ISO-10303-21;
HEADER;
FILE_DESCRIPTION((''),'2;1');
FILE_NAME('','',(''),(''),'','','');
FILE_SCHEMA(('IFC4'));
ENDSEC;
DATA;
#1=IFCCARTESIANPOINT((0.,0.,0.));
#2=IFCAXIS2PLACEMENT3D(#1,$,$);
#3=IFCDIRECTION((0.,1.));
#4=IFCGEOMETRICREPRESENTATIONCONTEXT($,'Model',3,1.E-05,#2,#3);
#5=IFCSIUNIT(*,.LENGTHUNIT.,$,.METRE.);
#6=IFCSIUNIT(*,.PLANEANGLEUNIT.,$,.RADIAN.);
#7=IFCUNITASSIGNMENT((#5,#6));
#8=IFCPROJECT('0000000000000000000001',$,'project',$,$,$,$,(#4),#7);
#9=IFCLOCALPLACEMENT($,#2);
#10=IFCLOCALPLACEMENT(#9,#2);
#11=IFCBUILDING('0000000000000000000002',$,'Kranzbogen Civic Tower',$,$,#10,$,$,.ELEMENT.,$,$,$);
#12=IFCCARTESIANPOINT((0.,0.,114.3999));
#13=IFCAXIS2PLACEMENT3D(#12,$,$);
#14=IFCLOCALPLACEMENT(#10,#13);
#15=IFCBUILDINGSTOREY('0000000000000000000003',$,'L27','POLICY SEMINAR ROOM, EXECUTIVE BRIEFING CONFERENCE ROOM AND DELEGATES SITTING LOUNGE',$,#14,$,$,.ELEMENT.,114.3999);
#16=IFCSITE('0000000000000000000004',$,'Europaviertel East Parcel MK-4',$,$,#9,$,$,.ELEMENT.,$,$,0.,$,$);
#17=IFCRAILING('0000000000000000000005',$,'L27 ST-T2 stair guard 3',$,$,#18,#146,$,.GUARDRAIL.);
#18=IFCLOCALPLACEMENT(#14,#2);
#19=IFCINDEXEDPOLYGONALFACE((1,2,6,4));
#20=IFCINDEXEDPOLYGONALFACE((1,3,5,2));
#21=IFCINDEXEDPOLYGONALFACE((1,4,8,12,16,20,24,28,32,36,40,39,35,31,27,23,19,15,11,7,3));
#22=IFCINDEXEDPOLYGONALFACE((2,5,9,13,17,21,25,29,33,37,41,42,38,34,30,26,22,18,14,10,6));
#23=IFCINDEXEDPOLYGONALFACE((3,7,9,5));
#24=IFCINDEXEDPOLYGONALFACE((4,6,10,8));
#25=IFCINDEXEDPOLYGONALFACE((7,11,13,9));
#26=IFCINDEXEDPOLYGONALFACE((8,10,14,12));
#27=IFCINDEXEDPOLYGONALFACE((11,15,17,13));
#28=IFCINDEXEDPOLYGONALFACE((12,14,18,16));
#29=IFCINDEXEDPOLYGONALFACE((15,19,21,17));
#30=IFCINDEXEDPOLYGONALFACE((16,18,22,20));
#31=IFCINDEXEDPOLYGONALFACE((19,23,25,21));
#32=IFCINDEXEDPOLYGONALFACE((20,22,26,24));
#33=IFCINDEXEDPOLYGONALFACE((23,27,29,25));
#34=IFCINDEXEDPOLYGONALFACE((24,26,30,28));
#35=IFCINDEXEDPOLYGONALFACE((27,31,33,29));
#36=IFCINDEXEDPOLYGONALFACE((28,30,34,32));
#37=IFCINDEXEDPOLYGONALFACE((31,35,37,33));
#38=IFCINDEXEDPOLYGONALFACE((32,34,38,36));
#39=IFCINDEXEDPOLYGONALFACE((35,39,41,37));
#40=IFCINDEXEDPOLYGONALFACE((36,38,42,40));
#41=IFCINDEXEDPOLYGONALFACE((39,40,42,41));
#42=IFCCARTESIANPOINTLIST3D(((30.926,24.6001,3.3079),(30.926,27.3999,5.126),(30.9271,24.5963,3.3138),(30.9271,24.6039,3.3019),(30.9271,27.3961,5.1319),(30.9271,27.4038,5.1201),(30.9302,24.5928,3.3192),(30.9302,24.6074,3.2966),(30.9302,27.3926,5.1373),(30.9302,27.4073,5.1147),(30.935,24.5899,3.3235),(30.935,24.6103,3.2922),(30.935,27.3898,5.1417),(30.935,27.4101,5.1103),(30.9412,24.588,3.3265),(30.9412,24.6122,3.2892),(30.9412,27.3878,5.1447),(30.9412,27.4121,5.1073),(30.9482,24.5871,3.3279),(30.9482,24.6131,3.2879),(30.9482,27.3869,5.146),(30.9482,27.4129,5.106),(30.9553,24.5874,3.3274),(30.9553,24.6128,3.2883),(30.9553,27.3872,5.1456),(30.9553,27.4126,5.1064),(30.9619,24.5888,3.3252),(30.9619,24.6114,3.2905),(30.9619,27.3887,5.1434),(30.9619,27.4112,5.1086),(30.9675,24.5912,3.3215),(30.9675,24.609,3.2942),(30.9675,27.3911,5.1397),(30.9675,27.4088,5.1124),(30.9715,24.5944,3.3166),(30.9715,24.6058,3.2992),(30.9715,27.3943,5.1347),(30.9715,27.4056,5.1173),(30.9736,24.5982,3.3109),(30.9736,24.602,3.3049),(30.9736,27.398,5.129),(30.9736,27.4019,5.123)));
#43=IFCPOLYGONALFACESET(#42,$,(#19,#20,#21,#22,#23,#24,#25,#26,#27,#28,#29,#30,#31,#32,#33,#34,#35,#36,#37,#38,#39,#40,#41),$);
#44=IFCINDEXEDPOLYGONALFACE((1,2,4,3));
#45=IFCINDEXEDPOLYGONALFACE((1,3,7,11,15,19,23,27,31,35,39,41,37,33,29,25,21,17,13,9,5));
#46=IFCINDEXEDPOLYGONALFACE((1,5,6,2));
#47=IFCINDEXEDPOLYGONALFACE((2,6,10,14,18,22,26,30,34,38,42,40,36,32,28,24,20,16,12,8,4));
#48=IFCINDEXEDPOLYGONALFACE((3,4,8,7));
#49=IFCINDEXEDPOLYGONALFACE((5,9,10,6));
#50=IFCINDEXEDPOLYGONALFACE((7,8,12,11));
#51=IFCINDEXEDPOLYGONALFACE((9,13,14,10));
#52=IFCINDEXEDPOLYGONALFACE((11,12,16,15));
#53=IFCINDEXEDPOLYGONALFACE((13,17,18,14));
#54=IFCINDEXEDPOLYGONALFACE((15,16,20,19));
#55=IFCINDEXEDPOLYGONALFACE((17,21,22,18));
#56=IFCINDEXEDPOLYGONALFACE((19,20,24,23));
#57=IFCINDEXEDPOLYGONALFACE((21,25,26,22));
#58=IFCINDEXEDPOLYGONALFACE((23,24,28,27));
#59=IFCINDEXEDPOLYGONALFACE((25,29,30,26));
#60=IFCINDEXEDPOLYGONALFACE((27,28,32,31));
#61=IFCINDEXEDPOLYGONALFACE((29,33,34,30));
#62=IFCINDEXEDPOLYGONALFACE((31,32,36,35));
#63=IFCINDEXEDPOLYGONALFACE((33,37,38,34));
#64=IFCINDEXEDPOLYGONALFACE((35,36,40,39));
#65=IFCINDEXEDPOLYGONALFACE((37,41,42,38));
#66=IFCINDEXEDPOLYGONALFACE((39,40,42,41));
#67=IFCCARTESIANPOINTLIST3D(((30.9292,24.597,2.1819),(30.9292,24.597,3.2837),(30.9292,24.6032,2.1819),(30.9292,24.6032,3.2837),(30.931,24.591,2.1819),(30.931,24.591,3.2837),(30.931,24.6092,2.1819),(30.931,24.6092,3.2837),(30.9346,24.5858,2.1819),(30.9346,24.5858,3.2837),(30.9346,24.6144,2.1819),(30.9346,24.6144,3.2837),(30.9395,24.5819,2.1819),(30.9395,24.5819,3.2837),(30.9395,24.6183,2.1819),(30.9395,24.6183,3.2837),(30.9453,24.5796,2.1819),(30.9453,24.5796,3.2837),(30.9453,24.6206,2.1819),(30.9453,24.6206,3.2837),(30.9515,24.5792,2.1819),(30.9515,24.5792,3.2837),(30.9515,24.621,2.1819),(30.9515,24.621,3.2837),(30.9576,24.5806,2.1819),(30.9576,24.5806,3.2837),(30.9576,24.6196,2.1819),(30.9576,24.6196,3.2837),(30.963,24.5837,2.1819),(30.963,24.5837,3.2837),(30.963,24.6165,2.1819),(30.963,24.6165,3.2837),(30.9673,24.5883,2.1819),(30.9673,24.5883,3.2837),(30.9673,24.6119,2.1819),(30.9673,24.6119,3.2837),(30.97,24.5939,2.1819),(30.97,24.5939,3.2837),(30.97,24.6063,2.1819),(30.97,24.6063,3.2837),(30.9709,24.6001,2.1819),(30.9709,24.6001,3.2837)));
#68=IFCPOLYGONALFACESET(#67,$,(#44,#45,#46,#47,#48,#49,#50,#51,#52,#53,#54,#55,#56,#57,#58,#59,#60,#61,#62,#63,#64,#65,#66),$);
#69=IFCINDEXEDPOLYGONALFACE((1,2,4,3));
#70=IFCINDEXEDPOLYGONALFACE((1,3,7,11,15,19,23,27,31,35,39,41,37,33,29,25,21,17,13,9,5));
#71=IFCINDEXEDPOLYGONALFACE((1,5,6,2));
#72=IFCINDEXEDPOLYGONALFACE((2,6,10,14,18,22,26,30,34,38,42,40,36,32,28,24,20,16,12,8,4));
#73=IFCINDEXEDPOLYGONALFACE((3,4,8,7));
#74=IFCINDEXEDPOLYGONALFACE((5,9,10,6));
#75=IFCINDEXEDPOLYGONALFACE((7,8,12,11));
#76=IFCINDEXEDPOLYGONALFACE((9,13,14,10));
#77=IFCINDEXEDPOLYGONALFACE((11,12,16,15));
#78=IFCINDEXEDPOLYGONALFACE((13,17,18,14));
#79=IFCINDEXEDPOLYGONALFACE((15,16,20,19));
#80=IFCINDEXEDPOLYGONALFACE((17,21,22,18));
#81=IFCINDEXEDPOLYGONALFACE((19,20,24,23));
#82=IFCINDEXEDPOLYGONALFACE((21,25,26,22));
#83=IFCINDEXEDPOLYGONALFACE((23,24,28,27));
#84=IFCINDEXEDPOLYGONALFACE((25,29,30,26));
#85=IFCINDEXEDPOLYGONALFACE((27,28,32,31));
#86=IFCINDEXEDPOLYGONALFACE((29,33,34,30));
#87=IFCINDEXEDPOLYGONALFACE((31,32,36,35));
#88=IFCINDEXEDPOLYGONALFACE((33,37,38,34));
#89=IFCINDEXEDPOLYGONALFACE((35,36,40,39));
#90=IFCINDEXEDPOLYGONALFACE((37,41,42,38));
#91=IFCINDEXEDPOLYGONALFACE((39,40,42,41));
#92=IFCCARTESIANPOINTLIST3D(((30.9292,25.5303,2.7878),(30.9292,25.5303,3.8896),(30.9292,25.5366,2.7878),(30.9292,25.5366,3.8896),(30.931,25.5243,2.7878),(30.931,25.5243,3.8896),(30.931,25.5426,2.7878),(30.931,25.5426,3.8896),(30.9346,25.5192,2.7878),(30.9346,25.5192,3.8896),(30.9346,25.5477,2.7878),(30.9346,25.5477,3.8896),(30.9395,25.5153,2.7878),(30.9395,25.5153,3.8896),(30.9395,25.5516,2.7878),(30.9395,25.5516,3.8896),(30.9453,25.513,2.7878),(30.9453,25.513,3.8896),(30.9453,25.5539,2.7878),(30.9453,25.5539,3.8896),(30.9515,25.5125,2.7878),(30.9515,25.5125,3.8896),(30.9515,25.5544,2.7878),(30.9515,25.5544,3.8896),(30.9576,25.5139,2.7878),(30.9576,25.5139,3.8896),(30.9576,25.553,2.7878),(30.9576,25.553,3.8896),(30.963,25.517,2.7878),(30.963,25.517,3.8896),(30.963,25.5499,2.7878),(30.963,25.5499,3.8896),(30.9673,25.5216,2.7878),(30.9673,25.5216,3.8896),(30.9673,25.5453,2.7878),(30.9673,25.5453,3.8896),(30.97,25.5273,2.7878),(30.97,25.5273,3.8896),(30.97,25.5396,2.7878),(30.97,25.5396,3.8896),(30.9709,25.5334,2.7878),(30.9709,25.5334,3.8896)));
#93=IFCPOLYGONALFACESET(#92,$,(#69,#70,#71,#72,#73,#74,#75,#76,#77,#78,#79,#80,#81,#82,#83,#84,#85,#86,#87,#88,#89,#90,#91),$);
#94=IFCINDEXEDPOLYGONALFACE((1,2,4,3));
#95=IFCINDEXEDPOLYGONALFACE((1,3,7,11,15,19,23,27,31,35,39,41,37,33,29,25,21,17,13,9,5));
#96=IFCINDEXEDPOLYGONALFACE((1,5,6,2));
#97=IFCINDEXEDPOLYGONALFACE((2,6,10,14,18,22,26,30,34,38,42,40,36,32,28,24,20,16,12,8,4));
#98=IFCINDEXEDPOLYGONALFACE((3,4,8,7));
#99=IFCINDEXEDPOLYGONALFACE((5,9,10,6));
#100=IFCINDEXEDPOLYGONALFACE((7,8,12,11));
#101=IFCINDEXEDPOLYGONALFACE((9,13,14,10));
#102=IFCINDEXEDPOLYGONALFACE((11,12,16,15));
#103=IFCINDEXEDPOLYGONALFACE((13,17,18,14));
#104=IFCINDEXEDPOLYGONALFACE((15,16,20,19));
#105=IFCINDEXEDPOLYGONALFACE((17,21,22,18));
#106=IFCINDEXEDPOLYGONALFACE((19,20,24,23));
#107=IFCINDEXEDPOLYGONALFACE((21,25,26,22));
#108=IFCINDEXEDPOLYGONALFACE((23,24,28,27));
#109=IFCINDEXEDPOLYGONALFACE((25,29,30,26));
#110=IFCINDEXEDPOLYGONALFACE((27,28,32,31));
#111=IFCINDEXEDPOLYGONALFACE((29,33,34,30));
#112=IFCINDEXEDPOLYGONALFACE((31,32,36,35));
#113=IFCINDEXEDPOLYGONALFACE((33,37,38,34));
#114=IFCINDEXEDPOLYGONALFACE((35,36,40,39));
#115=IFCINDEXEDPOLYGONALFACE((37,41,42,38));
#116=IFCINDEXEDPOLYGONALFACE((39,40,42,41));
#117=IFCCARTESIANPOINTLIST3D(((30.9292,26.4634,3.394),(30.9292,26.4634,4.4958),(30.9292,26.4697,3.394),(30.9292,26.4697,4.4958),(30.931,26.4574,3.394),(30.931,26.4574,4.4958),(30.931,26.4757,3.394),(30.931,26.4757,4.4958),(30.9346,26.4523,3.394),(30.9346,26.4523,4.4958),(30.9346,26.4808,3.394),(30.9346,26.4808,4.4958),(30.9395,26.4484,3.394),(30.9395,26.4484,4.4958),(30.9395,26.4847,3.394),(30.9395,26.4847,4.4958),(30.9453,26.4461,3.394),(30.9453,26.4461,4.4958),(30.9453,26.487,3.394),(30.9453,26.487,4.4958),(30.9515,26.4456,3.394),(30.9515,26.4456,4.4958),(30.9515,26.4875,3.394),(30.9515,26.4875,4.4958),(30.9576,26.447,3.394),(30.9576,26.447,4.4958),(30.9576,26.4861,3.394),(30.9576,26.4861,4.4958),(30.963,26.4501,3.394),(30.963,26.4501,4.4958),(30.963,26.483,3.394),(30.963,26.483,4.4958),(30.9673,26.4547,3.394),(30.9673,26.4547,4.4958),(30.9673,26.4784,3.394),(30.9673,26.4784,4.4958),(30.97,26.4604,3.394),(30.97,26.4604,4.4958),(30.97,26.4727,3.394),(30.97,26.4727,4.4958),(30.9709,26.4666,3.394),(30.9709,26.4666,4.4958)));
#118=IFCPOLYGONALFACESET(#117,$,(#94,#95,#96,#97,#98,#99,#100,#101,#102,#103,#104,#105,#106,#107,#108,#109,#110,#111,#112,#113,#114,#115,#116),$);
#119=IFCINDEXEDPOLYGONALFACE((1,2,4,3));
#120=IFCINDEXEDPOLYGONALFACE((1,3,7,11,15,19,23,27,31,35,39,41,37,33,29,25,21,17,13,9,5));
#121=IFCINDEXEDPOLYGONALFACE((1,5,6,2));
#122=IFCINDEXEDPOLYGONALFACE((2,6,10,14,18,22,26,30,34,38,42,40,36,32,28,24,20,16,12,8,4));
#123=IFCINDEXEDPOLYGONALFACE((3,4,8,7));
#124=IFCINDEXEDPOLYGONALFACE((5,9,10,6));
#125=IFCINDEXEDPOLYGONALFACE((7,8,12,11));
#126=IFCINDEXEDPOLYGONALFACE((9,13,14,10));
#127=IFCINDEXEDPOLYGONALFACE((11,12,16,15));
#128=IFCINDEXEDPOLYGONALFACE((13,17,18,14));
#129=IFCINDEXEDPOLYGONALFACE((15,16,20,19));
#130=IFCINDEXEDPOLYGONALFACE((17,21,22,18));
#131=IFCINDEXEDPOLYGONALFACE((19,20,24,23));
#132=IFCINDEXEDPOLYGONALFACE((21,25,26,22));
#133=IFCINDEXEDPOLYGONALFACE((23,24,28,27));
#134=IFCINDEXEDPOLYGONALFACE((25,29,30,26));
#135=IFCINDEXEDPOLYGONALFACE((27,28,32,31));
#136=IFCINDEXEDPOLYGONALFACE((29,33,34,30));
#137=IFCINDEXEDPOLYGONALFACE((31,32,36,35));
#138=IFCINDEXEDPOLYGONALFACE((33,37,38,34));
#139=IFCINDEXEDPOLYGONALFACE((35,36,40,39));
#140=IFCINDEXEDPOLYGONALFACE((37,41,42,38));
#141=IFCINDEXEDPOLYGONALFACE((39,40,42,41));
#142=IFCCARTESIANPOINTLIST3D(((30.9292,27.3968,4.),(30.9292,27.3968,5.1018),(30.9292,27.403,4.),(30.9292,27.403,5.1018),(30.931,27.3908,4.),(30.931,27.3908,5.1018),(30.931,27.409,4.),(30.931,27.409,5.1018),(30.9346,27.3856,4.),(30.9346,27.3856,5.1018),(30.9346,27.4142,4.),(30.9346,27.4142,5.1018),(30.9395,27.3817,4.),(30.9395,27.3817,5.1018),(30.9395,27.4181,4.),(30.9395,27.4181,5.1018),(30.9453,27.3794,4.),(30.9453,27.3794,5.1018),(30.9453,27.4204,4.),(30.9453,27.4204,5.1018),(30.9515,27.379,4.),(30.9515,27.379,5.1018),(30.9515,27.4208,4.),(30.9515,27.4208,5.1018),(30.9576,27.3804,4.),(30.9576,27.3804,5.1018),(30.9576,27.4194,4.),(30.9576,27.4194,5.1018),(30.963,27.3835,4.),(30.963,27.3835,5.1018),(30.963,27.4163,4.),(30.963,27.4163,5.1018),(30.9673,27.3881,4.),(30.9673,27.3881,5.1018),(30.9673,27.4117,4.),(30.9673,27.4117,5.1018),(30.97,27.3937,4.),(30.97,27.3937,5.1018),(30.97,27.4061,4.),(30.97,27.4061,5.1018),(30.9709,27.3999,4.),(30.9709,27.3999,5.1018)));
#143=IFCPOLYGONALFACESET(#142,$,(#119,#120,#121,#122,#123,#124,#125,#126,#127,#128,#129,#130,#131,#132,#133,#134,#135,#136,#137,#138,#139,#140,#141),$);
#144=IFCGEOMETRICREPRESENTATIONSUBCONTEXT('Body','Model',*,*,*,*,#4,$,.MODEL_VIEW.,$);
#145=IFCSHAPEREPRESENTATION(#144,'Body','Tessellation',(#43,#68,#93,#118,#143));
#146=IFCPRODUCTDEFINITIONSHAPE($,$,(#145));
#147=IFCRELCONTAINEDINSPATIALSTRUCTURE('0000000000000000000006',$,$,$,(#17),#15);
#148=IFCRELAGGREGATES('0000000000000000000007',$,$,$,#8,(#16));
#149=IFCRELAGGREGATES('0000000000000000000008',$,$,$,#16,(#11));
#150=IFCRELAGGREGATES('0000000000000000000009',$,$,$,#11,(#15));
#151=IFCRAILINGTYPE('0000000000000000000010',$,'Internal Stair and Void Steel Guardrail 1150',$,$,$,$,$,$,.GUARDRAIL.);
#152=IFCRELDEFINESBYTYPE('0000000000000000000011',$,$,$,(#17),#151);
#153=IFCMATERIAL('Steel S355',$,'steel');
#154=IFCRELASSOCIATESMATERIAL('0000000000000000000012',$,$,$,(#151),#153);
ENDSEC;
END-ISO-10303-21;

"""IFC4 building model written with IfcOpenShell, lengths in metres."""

from ifc_helpers import new_model, si_unit, direction, frame, origin, origin_2d, place, context, subcontext, project, spatial, circle, extrude, material, type_object, element, save


model = new_model("IFC4")

# Units and contexts
model_context = context("Model", 3, precision=1e-05, world=origin(), true_north=direction((0.0, 1.0)))
body_context = subcontext(model_context, "Body", "Model", "MODEL_VIEW")
ifc_project = project(units=[si_unit("LENGTHUNIT", "METRE"), si_unit("PLANEANGLEUNIT", "RADIAN")], contexts=[model_context])

# Site, building, storey
site_placement = place(None, origin())
site = spatial("IfcSite", under=ifc_project, at=site_placement, Name="Europaviertel East Parcel MK-4", CompositionType="ELEMENT", RefElevation=0.0)
building_placement = place(site_placement, origin())
building = spatial("IfcBuilding", under=site, at=building_placement, Name="Kranzbogen Civic Tower", CompositionType="ELEMENT")
storey_placement = place(building_placement, frame((0.0, 0.0, 114.3999)))
storey = spatial("IfcBuildingStorey", under=building, at=storey_placement, Name="L27", Description="POLICY SEMINAR ROOM, EXECUTIVE BRIEFING CONFERENCE ROOM AND DELEGATES SITTING LOUNGE", CompositionType="ELEMENT", Elevation=114.3999)

# Shared definitions
ifc_material_1 = material(Name="Steel S355", Category="steel")

# Railing
railing_type_1 = type_object("IfcRailingType", Name="Internal Stair and Void Steel Guardrail 1150", PredefinedType="GUARDRAIL", material=ifc_material_1)
railing_1_placement = place(storey_placement, frame((30.95, 24.6001, 2.1819)))
element("IfcRailing", 1, at=railing_1_placement, inside=storey, type_object=railing_type_1, Name="L27 ST-T2 stair guard 3", PredefinedType="GUARDRAIL", context=body_context, shape_type="SweptSolid", body=[
    extrude(circle(Radius=0.0239, at=origin_2d()), frame((0.0, 0.0, 1.126), z_axis=(0.0, 0.838684, 0.544618), x_axis=(-1.0, 0.0, 0.0)), (0.0, 0.0, 1.0), 3.3384),
    extrude(circle(Radius=0.021, at=origin_2d()), origin(), (0.0, 0.0, 1.0), 1.1018),
    extrude(circle(Radius=0.021, at=origin_2d()), frame((0.0, 0.9333, 0.606)), (0.0, 0.0, 1.0), 1.1018),
    extrude(circle(Radius=0.021, at=origin_2d()), frame((0.0, 1.8665, 1.2122)), (0.0, 0.0, 1.0), 1.1018),
    extrude(circle(Radius=0.021, at=origin_2d()), frame((0.0, 2.7998, 1.8181)), (0.0, 0.0, 1.0), 1.1018),
])

save(model, "model.ifc")
